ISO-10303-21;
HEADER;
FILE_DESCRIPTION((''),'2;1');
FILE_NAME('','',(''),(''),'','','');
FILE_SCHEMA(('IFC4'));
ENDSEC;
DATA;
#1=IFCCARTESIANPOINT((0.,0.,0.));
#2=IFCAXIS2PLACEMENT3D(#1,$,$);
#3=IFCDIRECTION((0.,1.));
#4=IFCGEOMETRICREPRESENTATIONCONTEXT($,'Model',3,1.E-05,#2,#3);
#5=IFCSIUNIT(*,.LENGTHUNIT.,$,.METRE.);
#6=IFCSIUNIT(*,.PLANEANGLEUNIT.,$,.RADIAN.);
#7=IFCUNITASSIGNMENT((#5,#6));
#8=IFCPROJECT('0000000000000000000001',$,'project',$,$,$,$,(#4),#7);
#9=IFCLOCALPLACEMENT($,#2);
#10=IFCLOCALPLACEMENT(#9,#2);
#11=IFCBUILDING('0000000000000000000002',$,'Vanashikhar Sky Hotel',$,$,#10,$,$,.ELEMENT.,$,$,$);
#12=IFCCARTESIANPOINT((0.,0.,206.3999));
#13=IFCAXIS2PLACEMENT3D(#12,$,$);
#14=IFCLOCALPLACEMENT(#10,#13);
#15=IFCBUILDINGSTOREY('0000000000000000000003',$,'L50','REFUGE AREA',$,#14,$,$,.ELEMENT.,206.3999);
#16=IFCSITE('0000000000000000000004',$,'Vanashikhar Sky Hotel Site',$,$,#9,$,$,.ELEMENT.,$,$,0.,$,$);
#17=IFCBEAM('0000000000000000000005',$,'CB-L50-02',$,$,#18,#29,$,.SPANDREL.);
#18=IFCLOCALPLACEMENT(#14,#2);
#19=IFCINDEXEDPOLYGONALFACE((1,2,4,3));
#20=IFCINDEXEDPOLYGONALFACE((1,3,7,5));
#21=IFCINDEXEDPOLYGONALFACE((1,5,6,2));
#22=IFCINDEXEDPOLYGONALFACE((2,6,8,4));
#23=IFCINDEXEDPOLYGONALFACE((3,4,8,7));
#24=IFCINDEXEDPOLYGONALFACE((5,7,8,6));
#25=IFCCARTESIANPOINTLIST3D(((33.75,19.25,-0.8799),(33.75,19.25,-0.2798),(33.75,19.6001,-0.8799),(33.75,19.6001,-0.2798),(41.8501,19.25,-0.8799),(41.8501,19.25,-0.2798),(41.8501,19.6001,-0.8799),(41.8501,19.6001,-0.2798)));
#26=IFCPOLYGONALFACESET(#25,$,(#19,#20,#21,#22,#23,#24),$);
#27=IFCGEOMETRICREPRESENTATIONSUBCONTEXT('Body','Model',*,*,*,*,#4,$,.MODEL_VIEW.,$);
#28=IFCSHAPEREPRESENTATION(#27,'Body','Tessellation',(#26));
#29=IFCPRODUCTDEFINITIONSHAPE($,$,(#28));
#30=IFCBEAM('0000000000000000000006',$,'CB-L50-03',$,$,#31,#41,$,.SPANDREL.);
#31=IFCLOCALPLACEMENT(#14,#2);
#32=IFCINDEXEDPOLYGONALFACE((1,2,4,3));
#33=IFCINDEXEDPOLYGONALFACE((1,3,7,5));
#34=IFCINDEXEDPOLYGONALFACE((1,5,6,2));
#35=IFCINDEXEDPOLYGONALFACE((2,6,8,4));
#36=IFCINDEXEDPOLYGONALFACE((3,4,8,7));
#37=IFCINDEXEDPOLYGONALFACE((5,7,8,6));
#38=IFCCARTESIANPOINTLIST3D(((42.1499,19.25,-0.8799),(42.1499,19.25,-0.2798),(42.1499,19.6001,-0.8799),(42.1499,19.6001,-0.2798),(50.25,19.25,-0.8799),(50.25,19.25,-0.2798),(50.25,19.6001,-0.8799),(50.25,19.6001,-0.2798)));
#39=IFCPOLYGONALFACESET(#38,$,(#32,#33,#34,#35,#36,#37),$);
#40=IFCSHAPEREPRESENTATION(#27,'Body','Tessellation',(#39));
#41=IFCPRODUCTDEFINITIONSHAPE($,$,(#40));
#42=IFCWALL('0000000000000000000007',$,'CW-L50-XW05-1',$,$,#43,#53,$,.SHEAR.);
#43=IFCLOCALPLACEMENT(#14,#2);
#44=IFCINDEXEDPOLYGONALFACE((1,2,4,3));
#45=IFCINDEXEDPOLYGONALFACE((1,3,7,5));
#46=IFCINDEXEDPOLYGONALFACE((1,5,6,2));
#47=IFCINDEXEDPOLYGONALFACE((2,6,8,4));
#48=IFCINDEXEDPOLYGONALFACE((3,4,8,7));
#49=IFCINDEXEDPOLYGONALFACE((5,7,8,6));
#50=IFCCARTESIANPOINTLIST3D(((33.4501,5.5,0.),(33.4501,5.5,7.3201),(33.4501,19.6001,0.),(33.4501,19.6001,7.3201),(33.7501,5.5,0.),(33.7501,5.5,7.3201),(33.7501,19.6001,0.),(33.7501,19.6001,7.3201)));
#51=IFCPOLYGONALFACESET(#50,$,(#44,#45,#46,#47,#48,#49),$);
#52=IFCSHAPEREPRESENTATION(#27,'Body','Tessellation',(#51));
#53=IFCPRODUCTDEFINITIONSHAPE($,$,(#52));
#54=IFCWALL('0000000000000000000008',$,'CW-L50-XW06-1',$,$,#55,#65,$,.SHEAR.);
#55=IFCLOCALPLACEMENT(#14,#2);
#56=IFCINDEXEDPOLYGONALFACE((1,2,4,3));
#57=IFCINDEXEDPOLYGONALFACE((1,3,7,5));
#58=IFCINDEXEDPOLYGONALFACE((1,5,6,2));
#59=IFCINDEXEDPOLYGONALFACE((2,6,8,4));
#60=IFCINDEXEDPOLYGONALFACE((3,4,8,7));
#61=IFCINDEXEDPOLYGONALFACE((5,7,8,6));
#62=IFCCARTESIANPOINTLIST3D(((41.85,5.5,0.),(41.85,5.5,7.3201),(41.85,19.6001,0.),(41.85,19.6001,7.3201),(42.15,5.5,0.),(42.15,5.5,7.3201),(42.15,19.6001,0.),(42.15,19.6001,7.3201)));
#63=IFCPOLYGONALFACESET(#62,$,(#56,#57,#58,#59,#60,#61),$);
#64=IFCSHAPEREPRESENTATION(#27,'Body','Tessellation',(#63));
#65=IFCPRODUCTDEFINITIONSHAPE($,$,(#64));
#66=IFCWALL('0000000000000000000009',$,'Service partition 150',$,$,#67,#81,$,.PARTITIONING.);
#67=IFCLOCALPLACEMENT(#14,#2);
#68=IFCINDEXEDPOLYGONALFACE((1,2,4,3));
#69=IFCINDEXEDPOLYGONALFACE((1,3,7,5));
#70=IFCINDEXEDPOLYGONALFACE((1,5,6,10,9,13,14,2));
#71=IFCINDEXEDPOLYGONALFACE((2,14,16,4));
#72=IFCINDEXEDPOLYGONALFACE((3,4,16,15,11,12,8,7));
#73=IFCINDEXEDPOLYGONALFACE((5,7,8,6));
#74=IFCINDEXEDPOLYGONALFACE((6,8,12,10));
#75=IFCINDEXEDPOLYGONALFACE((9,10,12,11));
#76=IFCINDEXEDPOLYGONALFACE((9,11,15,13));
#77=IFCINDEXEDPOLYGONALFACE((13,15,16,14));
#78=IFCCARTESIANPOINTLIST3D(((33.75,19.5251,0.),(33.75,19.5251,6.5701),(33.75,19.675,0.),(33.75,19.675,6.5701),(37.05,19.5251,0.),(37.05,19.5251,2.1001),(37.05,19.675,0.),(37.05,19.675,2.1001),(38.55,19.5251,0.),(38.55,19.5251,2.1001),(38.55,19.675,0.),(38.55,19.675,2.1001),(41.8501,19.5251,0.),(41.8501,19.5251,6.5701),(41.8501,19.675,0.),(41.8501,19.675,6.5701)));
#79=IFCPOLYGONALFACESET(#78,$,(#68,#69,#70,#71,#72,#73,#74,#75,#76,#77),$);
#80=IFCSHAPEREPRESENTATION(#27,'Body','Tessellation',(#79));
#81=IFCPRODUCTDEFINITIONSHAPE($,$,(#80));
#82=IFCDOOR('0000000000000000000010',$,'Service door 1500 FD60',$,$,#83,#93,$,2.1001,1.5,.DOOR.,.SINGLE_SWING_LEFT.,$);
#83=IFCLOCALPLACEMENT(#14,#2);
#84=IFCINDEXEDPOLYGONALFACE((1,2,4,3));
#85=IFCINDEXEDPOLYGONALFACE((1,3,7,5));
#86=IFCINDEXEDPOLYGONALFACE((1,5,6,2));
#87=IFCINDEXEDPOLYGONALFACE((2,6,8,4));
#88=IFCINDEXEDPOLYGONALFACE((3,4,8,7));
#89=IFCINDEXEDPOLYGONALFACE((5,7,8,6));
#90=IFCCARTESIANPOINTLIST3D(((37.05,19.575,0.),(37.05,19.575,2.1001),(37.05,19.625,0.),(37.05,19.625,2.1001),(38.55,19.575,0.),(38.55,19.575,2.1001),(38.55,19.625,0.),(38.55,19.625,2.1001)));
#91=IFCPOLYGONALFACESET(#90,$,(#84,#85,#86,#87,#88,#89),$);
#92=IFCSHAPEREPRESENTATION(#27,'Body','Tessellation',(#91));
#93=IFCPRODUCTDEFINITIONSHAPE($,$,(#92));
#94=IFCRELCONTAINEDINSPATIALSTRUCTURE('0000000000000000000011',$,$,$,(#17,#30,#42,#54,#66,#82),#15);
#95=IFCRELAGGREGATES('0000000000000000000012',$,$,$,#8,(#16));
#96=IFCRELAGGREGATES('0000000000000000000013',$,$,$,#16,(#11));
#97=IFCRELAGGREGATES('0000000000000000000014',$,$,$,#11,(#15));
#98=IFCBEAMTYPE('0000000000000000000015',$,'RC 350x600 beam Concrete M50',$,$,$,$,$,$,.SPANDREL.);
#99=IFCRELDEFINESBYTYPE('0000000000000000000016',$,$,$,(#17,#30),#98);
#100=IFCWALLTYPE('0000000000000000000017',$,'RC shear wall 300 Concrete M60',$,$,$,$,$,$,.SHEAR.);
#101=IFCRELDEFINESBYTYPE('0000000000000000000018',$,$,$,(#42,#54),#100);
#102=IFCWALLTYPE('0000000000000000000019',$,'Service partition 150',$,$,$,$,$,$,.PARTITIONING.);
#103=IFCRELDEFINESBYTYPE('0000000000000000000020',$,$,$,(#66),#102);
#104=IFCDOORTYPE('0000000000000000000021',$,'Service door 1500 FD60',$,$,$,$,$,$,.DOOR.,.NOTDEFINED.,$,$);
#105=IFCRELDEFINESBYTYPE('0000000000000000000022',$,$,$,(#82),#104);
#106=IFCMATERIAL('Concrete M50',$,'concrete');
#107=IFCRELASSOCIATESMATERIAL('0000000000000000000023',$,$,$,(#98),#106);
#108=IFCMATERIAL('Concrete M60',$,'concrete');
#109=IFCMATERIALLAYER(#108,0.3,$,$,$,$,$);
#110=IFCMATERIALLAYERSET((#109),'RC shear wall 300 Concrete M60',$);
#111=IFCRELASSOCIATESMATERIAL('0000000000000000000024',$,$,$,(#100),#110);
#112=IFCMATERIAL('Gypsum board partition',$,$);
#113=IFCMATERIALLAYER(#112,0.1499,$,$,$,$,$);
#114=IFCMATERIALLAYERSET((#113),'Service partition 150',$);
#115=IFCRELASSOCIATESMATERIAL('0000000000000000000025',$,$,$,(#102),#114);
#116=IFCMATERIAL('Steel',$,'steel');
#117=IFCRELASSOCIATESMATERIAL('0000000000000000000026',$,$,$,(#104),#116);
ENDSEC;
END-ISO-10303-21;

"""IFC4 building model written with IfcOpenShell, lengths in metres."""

from ifc_helpers import new_model, si_unit, direction, frame, frame_2d, origin, origin_2d, place, context, subcontext, project, spatial, rectangle, extrude, source, transform, mapped, material, layer, layer_set, material_profile, profile_set, type_object, element, fill, save


model = new_model("IFC4")

# Units and contexts
model_context = context("Model", 3, precision=1e-05, world=origin(), true_north=direction((0.0, 1.0)))
body_context = subcontext(model_context, "Body", "Model", "MODEL_VIEW")
ifc_project = project(units=[si_unit("LENGTHUNIT", "METRE"), si_unit("PLANEANGLEUNIT", "RADIAN")], contexts=[model_context])

# Site, building, storey
site_placement = place(None, origin())
site = spatial("IfcSite", under=ifc_project, at=site_placement, Name="Vanashikhar Sky Hotel Site", CompositionType="ELEMENT", RefElevation=0.0)
building_placement = place(site_placement, origin())
building = spatial("IfcBuilding", under=site, at=building_placement, Name="Vanashikhar Sky Hotel", CompositionType="ELEMENT")
storey_placement = place(building_placement, frame((0.0, 0.0, 206.3999)))
storey = spatial("IfcBuildingStorey", under=building, at=storey_placement, Name="L50", Description="REFUGE AREA", CompositionType="ELEMENT", Elevation=206.3999)

# Beams
ifc_material_1 = material(Name="Concrete M50", Category="concrete")
ifc_material_profile = material_profile(ifc_material_1, rectangle(XDim=0.3501, YDim=0.6001, at=origin_2d()))
ifc_profile_set = profile_set([ifc_material_profile], Name="RC 350x600 beam Concrete M50")
beam_type = type_object("IfcBeamType", Name="RC 350x600 beam Concrete M50", PredefinedType="SPANDREL", material=ifc_profile_set)
shared_shape_1 = source(origin(), body_context, "Body", "SweptSolid", [
    extrude(rectangle(XDim=0.3501, YDim=0.6001, at=origin_2d()), origin(), (0.0, 0.0, 1.0), 8.1001),
])
for number, where, z_axis, x_axis, name in (
    (1, (33.75, 19.425, -0.5798), (1.0, 0.0, 0.0), (0.0, 1.0, 0.0), "CB-L50-02"),
    (2, (42.1499, 19.425, -0.5798), (1.0, 0.0, 0.0), (0.0, 1.0, 0.0), "CB-L50-03"),
):
    element("IfcBeam", number, at=place(storey_placement, frame(where, z_axis=z_axis, x_axis=x_axis)), inside=storey, type_object=beam_type, Name=name, PredefinedType="SPANDREL", context=body_context, shape_type="MappedRepresentation", body=[
        mapped(shared_shape_1, transform((0.0, 0.0, 0.0), scale=1.0)),
    ])

# Walls
ifc_material_2 = material(Name="Concrete M60", Category="concrete")
ifc_layer_1 = layer(ifc_material_2, 0.3)
ifc_layer_set_1 = layer_set([ifc_layer_1], Name="RC shear wall 300 Concrete M60")
wall_type_1 = type_object("IfcWallType", Name="RC shear wall 300 Concrete M60", PredefinedType="SHEAR", material=ifc_layer_set_1)
shared_shape_2 = source(origin(), body_context, "Body", "SweptSolid", [
    extrude(rectangle(XDim=14.1001, YDim=0.3, at=frame_2d((7.05, 0.0))), origin(), (0.0, 0.0, 1.0), 7.3201),
])
for number, where, z_axis, x_axis, name in (
    (3, (33.6001, 5.5, 0.0), (0.0, 0.0, 1.0), (0.0, 1.0, 0.0), "CW-L50-XW05-1"),
    (4, (42.0, 5.5, 0.0), (0.0, 0.0, 1.0), (0.0, 1.0, 0.0), "CW-L50-XW06-1"),
):
    element("IfcWall", number, at=place(storey_placement, frame(where, z_axis=z_axis, x_axis=x_axis)), inside=storey, type_object=wall_type_1, Name=name, PredefinedType="SHEAR", context=body_context, shape_type="MappedRepresentation", body=[
        mapped(shared_shape_2, transform((0.0, 0.0, 0.0), scale=1.0)),
    ])

# Wall, opening, door
ifc_material_3 = material(Name="Gypsum board partition")
ifc_layer_2 = layer(ifc_material_3, 0.1499)
ifc_layer_set_2 = layer_set([ifc_layer_2], Name="Service partition 150")
wall_type_2 = type_object("IfcWallType", Name="Service partition 150", PredefinedType="PARTITIONING", material=ifc_layer_set_2)
shared_shape_3 = source(origin(), body_context, "Body", "SweptSolid", [
    extrude(rectangle(XDim=8.1001, YDim=0.1499, at=frame_2d((4.05, 0.0))), origin(), (0.0, 0.0, 1.0), 6.5701),
])
wall_placement = place(storey_placement, frame((33.75, 19.6001, 0.0), z_axis=(0.0, 0.0, 1.0), x_axis=(1.0, 0.0, 0.0)))
wall = element("IfcWall", 5, at=wall_placement, inside=storey, type_object=wall_type_2, Name="Service partition 150", PredefinedType="PARTITIONING", context=body_context, shape_type="MappedRepresentation", body=[
    mapped(shared_shape_3, transform((0.0, 0.0, 0.0), scale=1.0)),
])
shared_shape_4 = source(origin(), body_context, "Body", "SweptSolid", [
    extrude(rectangle(XDim=1.5, YDim=2.1001, at=frame_2d((0.75, 1.05))), frame((0.0, 0.085, 0.0), z_axis=(0.0, -1.0, 0.0), x_axis=(1.0, 0.0, 0.0)), (0.0, 0.0, 1.0), 0.1699),
])
opening_placement = place(wall_placement, frame((3.3, 0.0, 0.0)))
opening = element("IfcOpeningElement", 6, at=opening_placement, cuts=wall, PredefinedType="OPENING", context=body_context, shape_type="MappedRepresentation", body=[
    mapped(shared_shape_4, transform((0.0, 0.0, 0.0), scale=1.0)),
])
ifc_material_4 = material(Name="Steel", Category="steel")
door_type = type_object("IfcDoorType", Name="Service door 1500 FD60", OperationType="NOTDEFINED", PredefinedType="DOOR", material=ifc_material_4)
shared_shape_5 = source(origin(), body_context, "Body", "SweptSolid", [
    extrude(rectangle(XDim=1.5, YDim=2.1001, at=frame_2d((0.75, 1.05))), frame((0.0, 0.0249, 0.0), z_axis=(0.0, -1.0, 0.0), x_axis=(1.0, 0.0, 0.0)), (0.0, 0.0, 1.0), 0.05),
])
door_placement = place(opening_placement, origin())
door = element("IfcDoor", 7, at=door_placement, inside=storey, type_object=door_type, Name="Service door 1500 FD60", OperationType="SINGLE_SWING_LEFT", OverallHeight=2.1001, OverallWidth=1.5, PredefinedType="DOOR", context=body_context, shape_type="MappedRepresentation", body=[
    mapped(shared_shape_5, transform((0.0, 0.0, 0.0), scale=1.0)),
])
fill(opening, door)

save(model, "model.ifc")
